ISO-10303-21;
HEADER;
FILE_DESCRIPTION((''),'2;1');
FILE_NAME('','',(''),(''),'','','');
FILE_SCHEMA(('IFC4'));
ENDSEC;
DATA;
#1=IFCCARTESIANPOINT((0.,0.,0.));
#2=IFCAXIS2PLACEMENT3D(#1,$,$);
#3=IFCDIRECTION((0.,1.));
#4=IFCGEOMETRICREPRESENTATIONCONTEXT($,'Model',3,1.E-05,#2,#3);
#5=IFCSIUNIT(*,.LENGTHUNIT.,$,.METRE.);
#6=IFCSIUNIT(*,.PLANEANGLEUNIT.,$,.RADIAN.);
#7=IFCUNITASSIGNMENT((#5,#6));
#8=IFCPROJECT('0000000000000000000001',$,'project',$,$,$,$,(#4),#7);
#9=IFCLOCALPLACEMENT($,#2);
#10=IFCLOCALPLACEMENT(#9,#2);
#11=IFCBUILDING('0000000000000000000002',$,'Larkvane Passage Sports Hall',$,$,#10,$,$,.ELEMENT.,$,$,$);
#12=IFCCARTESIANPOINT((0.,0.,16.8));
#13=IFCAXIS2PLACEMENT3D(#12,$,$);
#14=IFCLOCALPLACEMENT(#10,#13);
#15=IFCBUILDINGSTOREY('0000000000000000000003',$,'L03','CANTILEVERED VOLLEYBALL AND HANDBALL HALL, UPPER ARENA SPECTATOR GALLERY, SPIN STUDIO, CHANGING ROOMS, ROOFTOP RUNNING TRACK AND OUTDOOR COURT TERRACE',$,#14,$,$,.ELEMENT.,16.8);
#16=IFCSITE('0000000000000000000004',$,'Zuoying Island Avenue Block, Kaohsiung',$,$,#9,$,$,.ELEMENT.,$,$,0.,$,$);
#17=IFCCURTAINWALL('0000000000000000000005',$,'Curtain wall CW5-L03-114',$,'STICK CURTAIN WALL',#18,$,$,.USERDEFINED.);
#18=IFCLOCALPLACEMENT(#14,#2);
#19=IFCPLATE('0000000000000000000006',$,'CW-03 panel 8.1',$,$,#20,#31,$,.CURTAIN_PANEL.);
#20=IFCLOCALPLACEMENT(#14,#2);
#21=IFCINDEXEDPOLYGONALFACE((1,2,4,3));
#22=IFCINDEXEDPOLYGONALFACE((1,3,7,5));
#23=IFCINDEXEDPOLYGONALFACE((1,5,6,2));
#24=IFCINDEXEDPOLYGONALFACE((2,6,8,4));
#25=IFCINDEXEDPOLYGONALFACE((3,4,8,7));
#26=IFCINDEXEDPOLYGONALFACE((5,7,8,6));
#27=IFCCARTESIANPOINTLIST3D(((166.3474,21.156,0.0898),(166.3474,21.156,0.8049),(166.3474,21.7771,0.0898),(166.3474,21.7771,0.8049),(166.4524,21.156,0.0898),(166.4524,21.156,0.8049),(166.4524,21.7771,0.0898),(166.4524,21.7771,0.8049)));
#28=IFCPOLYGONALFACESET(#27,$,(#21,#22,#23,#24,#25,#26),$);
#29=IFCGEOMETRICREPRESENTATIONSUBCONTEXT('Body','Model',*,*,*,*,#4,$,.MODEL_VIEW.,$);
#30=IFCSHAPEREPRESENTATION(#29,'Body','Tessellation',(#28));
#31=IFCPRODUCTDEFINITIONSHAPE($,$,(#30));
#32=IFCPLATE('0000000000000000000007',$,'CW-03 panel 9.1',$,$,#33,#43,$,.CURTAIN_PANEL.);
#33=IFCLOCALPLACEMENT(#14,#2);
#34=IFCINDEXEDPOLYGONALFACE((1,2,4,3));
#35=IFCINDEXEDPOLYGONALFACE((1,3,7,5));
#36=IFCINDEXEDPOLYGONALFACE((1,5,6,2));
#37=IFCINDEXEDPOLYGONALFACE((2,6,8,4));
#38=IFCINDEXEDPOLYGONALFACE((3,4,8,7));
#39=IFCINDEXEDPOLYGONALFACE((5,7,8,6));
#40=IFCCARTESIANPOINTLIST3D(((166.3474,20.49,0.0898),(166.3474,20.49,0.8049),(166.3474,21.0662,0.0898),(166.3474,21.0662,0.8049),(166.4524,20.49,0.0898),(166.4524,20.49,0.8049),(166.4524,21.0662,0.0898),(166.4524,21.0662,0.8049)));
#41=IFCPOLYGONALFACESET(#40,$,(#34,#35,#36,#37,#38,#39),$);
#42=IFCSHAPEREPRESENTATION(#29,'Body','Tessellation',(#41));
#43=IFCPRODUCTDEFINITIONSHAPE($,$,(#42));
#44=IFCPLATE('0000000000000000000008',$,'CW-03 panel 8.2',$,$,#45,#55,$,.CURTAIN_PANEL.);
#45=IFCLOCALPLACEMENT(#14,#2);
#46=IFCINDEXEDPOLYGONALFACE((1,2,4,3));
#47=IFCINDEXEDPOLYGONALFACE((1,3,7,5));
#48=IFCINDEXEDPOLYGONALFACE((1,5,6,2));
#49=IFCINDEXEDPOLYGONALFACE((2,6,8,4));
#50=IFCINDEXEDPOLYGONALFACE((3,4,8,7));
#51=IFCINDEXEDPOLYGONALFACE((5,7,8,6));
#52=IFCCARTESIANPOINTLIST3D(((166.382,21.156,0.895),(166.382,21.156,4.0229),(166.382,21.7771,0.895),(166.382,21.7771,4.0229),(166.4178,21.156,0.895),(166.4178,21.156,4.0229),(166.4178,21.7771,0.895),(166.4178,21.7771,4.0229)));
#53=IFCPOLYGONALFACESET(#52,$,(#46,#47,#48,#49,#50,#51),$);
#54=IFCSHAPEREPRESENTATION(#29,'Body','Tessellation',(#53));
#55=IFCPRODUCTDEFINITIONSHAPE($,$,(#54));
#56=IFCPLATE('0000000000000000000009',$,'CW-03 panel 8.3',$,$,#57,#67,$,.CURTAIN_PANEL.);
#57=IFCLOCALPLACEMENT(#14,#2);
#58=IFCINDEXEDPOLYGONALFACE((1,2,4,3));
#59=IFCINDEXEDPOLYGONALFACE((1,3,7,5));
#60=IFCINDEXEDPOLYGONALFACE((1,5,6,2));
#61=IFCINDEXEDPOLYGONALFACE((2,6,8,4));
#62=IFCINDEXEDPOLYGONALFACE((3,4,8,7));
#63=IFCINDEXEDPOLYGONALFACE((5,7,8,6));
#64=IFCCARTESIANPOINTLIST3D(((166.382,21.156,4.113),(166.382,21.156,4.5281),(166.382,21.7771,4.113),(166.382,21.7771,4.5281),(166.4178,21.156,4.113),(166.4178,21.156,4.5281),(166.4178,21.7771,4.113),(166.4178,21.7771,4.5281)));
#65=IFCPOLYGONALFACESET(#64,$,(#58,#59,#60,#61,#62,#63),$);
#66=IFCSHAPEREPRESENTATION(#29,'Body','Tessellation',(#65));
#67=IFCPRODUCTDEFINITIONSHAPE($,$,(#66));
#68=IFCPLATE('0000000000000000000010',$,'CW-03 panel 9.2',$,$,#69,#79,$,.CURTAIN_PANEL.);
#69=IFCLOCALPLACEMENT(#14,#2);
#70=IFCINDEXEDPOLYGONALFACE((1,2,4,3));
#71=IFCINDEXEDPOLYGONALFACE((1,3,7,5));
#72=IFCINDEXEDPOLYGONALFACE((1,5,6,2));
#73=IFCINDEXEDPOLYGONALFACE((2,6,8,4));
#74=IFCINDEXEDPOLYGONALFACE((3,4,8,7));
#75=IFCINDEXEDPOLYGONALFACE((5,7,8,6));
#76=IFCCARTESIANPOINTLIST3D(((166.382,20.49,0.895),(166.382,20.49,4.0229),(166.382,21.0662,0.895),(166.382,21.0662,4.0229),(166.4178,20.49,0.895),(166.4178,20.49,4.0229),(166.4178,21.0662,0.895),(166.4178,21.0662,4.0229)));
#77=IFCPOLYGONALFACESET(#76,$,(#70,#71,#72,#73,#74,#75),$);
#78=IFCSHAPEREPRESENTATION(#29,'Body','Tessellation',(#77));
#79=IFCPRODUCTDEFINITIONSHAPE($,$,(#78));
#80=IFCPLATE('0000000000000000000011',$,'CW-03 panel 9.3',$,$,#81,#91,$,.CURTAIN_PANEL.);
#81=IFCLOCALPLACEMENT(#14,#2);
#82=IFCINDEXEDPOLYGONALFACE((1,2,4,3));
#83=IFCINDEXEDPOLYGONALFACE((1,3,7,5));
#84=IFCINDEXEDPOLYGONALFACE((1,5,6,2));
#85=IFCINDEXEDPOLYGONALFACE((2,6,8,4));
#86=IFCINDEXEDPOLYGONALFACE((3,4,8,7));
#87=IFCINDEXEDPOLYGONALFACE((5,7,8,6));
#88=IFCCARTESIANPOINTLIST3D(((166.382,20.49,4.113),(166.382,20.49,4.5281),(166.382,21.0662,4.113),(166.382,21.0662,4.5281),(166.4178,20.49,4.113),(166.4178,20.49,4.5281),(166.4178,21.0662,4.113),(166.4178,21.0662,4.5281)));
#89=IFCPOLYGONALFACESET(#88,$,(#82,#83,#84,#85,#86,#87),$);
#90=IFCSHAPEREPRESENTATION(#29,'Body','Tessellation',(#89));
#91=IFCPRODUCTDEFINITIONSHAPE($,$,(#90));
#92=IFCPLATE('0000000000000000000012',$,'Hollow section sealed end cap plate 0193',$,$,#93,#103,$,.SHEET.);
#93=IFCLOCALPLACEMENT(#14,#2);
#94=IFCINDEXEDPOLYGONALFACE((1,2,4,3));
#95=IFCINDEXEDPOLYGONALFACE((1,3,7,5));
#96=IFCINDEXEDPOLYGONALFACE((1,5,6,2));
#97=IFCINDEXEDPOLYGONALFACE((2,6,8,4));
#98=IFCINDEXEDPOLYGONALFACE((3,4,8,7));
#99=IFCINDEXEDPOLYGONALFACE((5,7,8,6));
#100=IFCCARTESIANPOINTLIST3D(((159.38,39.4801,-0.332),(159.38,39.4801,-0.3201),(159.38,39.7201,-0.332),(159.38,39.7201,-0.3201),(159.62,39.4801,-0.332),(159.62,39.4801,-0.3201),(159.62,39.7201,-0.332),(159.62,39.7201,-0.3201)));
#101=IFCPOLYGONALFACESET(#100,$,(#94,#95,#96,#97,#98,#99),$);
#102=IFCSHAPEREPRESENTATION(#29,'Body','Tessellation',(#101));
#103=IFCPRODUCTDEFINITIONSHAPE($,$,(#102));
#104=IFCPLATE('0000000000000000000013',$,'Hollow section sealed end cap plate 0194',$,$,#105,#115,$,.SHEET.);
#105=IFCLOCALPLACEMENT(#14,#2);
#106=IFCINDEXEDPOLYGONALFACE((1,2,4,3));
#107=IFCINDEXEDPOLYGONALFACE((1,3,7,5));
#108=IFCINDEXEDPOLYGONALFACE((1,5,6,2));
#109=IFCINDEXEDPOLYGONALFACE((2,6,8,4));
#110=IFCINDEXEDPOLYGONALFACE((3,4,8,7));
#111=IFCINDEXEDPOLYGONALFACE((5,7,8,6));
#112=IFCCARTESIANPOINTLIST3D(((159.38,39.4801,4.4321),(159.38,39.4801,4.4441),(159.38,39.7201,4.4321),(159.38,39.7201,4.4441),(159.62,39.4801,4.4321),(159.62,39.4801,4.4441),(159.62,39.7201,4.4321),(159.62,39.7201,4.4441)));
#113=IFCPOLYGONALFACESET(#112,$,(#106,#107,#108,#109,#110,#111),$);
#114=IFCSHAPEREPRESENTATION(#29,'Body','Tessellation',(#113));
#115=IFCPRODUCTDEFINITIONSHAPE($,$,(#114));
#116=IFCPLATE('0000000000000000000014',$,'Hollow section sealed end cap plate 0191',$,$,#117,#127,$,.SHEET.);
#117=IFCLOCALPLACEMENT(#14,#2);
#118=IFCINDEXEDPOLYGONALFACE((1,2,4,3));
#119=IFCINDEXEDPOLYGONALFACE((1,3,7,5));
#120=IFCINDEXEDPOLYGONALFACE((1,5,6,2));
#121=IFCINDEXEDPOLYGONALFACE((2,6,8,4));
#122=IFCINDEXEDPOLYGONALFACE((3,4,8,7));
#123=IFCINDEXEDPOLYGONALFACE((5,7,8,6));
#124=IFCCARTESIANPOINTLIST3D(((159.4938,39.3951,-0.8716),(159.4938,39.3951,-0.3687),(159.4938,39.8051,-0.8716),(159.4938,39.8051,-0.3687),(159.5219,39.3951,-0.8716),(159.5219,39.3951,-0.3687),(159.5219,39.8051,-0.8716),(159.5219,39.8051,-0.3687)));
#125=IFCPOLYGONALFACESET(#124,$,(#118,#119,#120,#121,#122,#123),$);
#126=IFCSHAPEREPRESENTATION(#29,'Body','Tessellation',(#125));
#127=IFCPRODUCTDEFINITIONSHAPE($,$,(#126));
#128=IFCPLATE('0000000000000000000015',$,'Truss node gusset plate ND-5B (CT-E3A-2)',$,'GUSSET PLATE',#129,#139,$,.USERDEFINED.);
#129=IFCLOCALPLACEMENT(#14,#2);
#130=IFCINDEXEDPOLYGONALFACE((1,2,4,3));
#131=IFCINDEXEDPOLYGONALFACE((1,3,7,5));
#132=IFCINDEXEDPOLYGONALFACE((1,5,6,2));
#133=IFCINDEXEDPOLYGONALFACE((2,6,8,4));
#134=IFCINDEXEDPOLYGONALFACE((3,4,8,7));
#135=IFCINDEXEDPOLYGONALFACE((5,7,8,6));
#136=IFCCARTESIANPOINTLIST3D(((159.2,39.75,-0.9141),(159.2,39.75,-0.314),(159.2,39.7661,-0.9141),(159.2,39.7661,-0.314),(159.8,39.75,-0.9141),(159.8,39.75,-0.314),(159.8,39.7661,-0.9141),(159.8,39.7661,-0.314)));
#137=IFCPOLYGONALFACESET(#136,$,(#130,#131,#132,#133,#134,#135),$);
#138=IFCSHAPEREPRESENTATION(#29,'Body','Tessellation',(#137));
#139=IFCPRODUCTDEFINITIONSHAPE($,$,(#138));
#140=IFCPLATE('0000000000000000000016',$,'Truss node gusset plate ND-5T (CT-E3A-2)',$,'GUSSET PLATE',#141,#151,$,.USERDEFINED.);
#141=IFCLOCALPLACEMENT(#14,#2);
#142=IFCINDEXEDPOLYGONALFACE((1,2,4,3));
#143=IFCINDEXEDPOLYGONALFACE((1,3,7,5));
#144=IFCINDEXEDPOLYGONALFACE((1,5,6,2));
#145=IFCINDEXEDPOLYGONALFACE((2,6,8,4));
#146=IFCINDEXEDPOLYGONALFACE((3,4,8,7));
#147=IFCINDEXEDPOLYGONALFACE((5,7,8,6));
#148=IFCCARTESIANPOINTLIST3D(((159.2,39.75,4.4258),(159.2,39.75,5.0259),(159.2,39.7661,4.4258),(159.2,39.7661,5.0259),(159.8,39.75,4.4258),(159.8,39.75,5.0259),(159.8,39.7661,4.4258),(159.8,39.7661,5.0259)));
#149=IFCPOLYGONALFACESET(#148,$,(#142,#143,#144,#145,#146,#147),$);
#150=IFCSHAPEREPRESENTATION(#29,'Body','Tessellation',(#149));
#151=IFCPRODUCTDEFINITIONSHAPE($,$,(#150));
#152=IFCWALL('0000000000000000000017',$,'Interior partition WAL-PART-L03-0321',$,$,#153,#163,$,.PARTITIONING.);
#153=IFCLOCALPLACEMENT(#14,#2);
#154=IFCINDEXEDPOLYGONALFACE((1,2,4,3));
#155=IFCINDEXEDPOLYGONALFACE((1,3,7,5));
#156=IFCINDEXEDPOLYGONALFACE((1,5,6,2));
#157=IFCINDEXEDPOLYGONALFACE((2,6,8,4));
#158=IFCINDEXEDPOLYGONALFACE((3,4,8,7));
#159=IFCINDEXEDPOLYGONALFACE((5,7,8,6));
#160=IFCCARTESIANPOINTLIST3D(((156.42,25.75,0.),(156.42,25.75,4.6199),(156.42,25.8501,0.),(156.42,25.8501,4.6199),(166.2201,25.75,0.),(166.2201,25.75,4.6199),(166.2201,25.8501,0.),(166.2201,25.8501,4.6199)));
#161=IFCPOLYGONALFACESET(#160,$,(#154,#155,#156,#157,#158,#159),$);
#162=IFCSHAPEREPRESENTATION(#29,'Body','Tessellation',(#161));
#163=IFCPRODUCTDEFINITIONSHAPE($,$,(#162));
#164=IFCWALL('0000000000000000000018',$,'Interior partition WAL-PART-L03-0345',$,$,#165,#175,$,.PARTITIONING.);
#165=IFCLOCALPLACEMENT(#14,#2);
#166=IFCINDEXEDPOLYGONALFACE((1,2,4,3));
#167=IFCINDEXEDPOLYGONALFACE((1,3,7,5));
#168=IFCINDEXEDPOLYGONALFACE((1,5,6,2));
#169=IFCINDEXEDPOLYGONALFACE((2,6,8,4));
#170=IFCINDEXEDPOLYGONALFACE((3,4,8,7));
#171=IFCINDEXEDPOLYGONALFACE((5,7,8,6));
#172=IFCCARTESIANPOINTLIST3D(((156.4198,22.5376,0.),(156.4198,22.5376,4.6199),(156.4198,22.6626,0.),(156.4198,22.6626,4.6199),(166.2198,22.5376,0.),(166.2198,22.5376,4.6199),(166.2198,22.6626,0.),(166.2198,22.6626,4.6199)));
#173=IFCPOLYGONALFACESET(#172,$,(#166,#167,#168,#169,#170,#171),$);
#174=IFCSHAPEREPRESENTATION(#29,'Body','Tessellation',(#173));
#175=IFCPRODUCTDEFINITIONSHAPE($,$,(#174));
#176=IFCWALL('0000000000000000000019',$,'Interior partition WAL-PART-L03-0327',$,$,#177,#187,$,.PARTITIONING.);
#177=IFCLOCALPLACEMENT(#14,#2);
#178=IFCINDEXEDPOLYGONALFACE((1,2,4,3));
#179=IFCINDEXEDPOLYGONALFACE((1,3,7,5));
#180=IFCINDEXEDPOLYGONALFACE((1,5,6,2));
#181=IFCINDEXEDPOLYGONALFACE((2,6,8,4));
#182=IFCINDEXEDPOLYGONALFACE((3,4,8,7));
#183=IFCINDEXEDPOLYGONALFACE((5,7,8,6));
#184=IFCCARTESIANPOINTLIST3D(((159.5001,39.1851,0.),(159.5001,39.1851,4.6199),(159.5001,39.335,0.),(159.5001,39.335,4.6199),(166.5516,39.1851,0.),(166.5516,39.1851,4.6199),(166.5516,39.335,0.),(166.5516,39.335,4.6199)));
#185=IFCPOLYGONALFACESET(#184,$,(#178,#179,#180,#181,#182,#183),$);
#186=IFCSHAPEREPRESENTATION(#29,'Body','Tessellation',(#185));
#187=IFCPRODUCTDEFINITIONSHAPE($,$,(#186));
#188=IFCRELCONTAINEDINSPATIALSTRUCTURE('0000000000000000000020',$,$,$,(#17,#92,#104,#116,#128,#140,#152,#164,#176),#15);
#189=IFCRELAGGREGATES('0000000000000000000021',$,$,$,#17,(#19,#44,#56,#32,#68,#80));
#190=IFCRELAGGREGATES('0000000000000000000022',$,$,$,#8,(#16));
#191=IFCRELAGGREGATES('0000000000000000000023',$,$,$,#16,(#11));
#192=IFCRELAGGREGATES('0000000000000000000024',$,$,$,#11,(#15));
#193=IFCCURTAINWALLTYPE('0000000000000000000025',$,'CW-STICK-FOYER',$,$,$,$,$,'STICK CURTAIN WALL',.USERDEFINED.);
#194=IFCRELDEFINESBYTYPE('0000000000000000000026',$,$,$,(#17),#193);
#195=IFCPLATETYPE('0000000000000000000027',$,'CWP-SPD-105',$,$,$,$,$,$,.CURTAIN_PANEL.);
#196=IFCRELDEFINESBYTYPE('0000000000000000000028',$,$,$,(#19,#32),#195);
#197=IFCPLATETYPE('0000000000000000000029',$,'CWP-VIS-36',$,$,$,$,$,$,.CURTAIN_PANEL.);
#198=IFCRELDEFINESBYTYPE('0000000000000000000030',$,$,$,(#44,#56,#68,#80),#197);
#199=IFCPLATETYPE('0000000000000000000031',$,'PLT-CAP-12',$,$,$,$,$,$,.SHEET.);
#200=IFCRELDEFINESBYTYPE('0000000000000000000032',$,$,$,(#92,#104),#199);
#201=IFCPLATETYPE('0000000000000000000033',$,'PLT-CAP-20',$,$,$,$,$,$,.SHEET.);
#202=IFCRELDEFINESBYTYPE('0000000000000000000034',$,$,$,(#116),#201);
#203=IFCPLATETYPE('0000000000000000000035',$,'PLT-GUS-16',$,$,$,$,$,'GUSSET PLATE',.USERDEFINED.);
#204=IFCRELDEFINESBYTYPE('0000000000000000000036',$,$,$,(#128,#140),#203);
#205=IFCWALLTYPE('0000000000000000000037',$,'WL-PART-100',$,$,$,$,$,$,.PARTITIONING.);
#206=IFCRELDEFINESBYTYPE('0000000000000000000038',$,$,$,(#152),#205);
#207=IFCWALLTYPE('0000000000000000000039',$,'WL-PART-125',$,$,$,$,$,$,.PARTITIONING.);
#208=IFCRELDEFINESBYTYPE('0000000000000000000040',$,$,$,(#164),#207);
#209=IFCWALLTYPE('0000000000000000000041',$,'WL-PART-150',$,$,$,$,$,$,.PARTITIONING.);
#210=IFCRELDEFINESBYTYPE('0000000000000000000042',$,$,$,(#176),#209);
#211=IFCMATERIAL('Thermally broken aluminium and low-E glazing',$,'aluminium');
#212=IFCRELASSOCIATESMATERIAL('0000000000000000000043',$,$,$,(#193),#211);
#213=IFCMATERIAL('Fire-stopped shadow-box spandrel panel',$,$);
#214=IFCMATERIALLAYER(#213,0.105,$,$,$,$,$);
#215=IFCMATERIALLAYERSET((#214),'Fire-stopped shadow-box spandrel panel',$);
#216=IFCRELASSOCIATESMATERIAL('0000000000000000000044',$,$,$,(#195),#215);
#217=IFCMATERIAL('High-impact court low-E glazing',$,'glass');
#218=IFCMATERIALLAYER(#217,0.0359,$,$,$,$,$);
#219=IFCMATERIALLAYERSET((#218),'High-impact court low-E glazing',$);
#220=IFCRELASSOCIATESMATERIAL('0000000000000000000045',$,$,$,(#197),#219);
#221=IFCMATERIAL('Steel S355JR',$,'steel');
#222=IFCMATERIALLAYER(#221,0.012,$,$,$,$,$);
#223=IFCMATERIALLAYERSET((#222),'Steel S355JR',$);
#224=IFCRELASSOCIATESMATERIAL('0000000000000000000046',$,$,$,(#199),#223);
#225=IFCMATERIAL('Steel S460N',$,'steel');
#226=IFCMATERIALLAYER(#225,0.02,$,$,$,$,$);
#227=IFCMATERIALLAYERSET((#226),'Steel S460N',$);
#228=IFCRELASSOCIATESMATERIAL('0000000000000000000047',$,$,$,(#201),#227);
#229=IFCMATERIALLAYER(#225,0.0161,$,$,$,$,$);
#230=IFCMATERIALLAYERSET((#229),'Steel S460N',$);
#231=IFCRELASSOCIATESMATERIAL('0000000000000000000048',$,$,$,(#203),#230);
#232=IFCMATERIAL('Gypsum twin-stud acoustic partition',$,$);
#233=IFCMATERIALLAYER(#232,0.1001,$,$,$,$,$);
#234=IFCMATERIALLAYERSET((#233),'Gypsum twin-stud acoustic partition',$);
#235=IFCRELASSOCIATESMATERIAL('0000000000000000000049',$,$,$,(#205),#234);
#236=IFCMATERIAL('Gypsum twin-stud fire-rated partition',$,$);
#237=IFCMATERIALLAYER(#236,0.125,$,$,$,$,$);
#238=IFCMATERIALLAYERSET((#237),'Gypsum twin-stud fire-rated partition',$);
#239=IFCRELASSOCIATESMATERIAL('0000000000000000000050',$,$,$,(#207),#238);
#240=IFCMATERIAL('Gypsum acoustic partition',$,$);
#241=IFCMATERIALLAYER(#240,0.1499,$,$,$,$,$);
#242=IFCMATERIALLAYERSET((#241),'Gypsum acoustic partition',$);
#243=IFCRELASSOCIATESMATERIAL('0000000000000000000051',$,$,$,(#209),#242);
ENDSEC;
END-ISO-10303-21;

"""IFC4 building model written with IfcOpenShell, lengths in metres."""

from ifc_helpers import new_model, si_unit, direction, frame, frame_2d, origin, origin_2d, place, context, subcontext, project, spatial, rectangle, extrude, material, layer, layer_set, type_object, element, aggregate, save


model = new_model("IFC4")

# Units and contexts
model_context = context("Model", 3, precision=1e-05, world=origin(), true_north=direction((0.0, 1.0)))
body_context = subcontext(model_context, "Body", "Model", "MODEL_VIEW")
ifc_project = project(units=[si_unit("LENGTHUNIT", "METRE"), si_unit("PLANEANGLEUNIT", "RADIAN")], contexts=[model_context])

# Site, building, storey
site_placement = place(None, origin())
site = spatial("IfcSite", under=ifc_project, at=site_placement, Name="Zuoying Island Avenue Block, Kaohsiung", CompositionType="ELEMENT", RefElevation=0.0)
building_placement = place(site_placement, origin())
building = spatial("IfcBuilding", under=site, at=building_placement, Name="Larkvane Passage Sports Hall", CompositionType="ELEMENT")
storey_placement = place(building_placement, frame((0.0, 0.0, 16.8)))
storey = spatial("IfcBuildingStorey", under=building, at=storey_placement, Name="L03", Description="CANTILEVERED VOLLEYBALL AND HANDBALL HALL, UPPER ARENA SPECTATOR GALLERY, SPIN STUDIO, CHANGING ROOMS, ROOFTOP RUNNING TRACK AND OUTDOOR COURT TERRACE", CompositionType="ELEMENT", Elevation=16.8)

# Shared definitions
ifc_material_1 = material(Name="Steel S460N", Category="steel")

# Shared definitions
ifc_material_2 = material(Name="Thermally broken aluminium and low-E glazing", Category="aluminium")

# Curtain wall
curtain_wall_type_1 = type_object("IfcCurtainWallType", Name="CW-STICK-FOYER", ElementType="STICK CURTAIN WALL", PredefinedType="USERDEFINED", material=ifc_material_2)
curtain_wall_1_placement = place(storey_placement, origin())
curtain_wall_1 = element("IfcCurtainWall", 1, at=curtain_wall_1_placement, inside=storey, type_object=curtain_wall_type_1, Name="Curtain wall CW5-L03-114", ObjectType="STICK CURTAIN WALL", PredefinedType="USERDEFINED")

# Shared definitions
ifc_material_3 = material(Name="Steel S355JR", Category="steel")

# Plates
ifc_material_4 = material(Name="Fire-stopped shadow-box spandrel panel")
ifc_layer_1 = layer(ifc_material_4, 0.105)
ifc_layer_set_1 = layer_set([ifc_layer_1], Name="Fire-stopped shadow-box spandrel panel")
plate_type_1 = type_object("IfcPlateType", Name="CWP-SPD-105", PredefinedType="CURTAIN_PANEL", material=ifc_layer_set_1)
plate_1_placement = place(storey_placement, frame((166.3999, 21.4666, 0.0898), z_axis=(0.0, 0.0, 1.0), x_axis=(0.0, -1.0, 0.0)))
plate_1 = element("IfcPlate", 2, at=plate_1_placement, type_object=plate_type_1, Name="CW-03 panel 8.1", PredefinedType="CURTAIN_PANEL", context=body_context, shape_type="SweptSolid", body=[
    extrude(rectangle(XDim=0.6211, YDim=0.105, at=origin_2d()), origin(), (0.0, 0.0, 1.0), 0.7151),
])
plate_2_placement = place(storey_placement, frame((166.3999, 20.7781, 0.0898), z_axis=(0.0, 0.0, 1.0), x_axis=(0.0, -1.0, 0.0)))
plate_2 = element("IfcPlate", 3, at=plate_2_placement, type_object=plate_type_1, Name="CW-03 panel 9.1", PredefinedType="CURTAIN_PANEL", context=body_context, shape_type="SweptSolid", body=[
    extrude(rectangle(XDim=0.5762, YDim=0.105, at=origin_2d()), origin(), (0.0, 0.0, 1.0), 0.7151),
])
ifc_material_5 = material(Name="High-impact court low-E glazing", Category="glass")
ifc_layer_2 = layer(ifc_material_5, 0.0359)
ifc_layer_set_2 = layer_set([ifc_layer_2], Name="High-impact court low-E glazing")
plate_type_2 = type_object("IfcPlateType", Name="CWP-VIS-36", PredefinedType="CURTAIN_PANEL", material=ifc_layer_set_2)
plate_3_placement = place(storey_placement, frame((166.3999, 21.4666, 0.895), z_axis=(0.0, 0.0, 1.0), x_axis=(0.0, -1.0, 0.0)))
plate_3 = element("IfcPlate", 4, at=plate_3_placement, type_object=plate_type_2, Name="CW-03 panel 8.2", PredefinedType="CURTAIN_PANEL", context=body_context, shape_type="SweptSolid", body=[
    extrude(rectangle(XDim=0.6211, YDim=0.0359, at=origin_2d()), origin(), (0.0, 0.0, 1.0), 3.1279),
])
plate_4_placement = place(storey_placement, frame((166.3999, 21.4666, 4.113), z_axis=(0.0, 0.0, 1.0), x_axis=(0.0, -1.0, 0.0)))
plate_4 = element("IfcPlate", 5, at=plate_4_placement, type_object=plate_type_2, Name="CW-03 panel 8.3", PredefinedType="CURTAIN_PANEL", context=body_context, shape_type="SweptSolid", body=[
    extrude(rectangle(XDim=0.6211, YDim=0.0359, at=origin_2d()), origin(), (0.0, 0.0, 1.0), 0.415),
])
plate_5_placement = place(storey_placement, frame((166.3999, 20.7781, 0.895), z_axis=(0.0, 0.0, 1.0), x_axis=(0.0, -1.0, 0.0)))
plate_5 = element("IfcPlate", 6, at=plate_5_placement, type_object=plate_type_2, Name="CW-03 panel 9.2", PredefinedType="CURTAIN_PANEL", context=body_context, shape_type="SweptSolid", body=[
    extrude(rectangle(XDim=0.5762, YDim=0.0359, at=origin_2d()), origin(), (0.0, 0.0, 1.0), 3.1279),
])
plate_6_placement = place(storey_placement, frame((166.3999, 20.7781, 4.113), z_axis=(0.0, 0.0, 1.0), x_axis=(0.0, -1.0, 0.0)))
plate_6 = element("IfcPlate", 7, at=plate_6_placement, type_object=plate_type_2, Name="CW-03 panel 9.3", PredefinedType="CURTAIN_PANEL", context=body_context, shape_type="SweptSolid", body=[
    extrude(rectangle(XDim=0.5762, YDim=0.0359, at=origin_2d()), origin(), (0.0, 0.0, 1.0), 0.415),
])
aggregate(curtain_wall_1, [plate_1, plate_3, plate_4, plate_2, plate_5, plate_6])

# Plates
ifc_layer_3 = layer(ifc_material_3, 0.012)
ifc_layer_set_3 = layer_set([ifc_layer_3], Name="Steel S355JR")
plate_type_3 = type_object("IfcPlateType", Name="PLT-CAP-12", PredefinedType="SHEET", material=ifc_layer_set_3)
for number, where, z_axis, x_axis, name in (
    (8, (159.5, 39.6001, -0.332), (0.0, 0.0, 1.0), (1.0, 0.0, 0.0), "Hollow section sealed end cap plate 0193"),
    (9, (159.5, 39.6001, 4.4321), (0.0, 0.0, 1.0), (1.0, 0.0, 0.0), "Hollow section sealed end cap plate 0194"),
):
    element("IfcPlate", number, at=place(storey_placement, frame(where, z_axis=z_axis, x_axis=x_axis)), inside=storey, type_object=plate_type_3, Name=name, PredefinedType="SHEET", context=body_context, shape_type="SweptSolid", body=[
        extrude(rectangle(XDim=0.24, YDim=0.24, at=origin_2d()), origin(), (0.0, 0.0, 1.0), 0.012),
    ])
ifc_layer_4 = layer(ifc_material_1, 0.02)
ifc_layer_set_4 = layer_set([ifc_layer_4], Name="Steel S460N")
plate_type_4 = type_object("IfcPlateType", Name="PLT-CAP-20", PredefinedType="SHEET", material=ifc_layer_set_4)
plate_7_placement = place(storey_placement, frame((159.5078, 39.6001, -0.8716), z_axis=(0.0, 0.0, 1.0), x_axis=(0.0, 1.0, 0.0)))
element("IfcPlate", 10, at=plate_7_placement, inside=storey, type_object=plate_type_4, Name="Hollow section sealed end cap plate 0191", PredefinedType="SHEET", context=body_context, shape_type="SweptSolid", body=[
    extrude(rectangle(XDim=0.4099, YDim=0.0281, at=origin_2d()), origin(), (0.0, 0.0, 1.0), 0.5029),
])
ifc_layer_5 = layer(ifc_material_1, 0.0161)
ifc_layer_set_5 = layer_set([ifc_layer_5], Name="Steel S460N")
plate_type_5 = type_object("IfcPlateType", Name="PLT-GUS-16", ElementType="GUSSET PLATE", PredefinedType="USERDEFINED", material=ifc_layer_set_5)
for number, where, z_axis, x_axis, name in (
    (11, (159.5, 39.7581, -0.9141), (0.0, 0.0, 1.0), (1.0, 0.0, 0.0), "Truss node gusset plate ND-5B (CT-E3A-2)"),
    (12, (159.5, 39.7581, 4.4258), (0.0, 0.0, 1.0), (1.0, 0.0, 0.0), "Truss node gusset plate ND-5T (CT-E3A-2)"),
):
    element("IfcPlate", number, at=place(storey_placement, frame(where, z_axis=z_axis, x_axis=x_axis)), inside=storey, type_object=plate_type_5, Name=name, ObjectType="GUSSET PLATE", PredefinedType="USERDEFINED", context=body_context, shape_type="SweptSolid", body=[
        extrude(rectangle(XDim=0.6001, YDim=0.0161, at=origin_2d()), origin(), (0.0, 0.0, 1.0), 0.6001),
    ])

# Walls
ifc_material_6 = material(Name="Gypsum twin-stud acoustic partition")
ifc_layer_6 = layer(ifc_material_6, 0.1001)
ifc_layer_set_6 = layer_set([ifc_layer_6], Name="Gypsum twin-stud acoustic partition")
wall_type_1 = type_object("IfcWallType", Name="WL-PART-100", PredefinedType="PARTITIONING", material=ifc_layer_set_6)
wall_1_placement = place(storey_placement, frame((166.22, 25.8, 0.0), z_axis=(0.0, 0.0, 1.0), x_axis=(-1.0, 0.0, 0.0)))
element("IfcWall", 13, at=wall_1_placement, inside=storey, type_object=wall_type_1, Name="Interior partition WAL-PART-L03-0321", PredefinedType="PARTITIONING", context=body_context, shape_type="SweptSolid", body=[
    extrude(rectangle(XDim=9.8, YDim=0.1001, at=frame_2d((4.8999, 0.0))), origin(), (0.0, 0.0, 1.0), 4.6199),
])
ifc_material_7 = material(Name="Gypsum twin-stud fire-rated partition")
ifc_layer_7 = layer(ifc_material_7, 0.125)
ifc_layer_set_7 = layer_set([ifc_layer_7], Name="Gypsum twin-stud fire-rated partition")
wall_type_2 = type_object("IfcWallType", Name="WL-PART-125", PredefinedType="PARTITIONING", material=ifc_layer_set_7)
wall_2_placement = place(storey_placement, frame((156.4199, 22.6001, 0.0), z_axis=(0.0, 0.0, 1.0), x_axis=(1.0, 0.0, 0.0)))
element("IfcWall", 14, at=wall_2_placement, inside=storey, type_object=wall_type_2, Name="Interior partition WAL-PART-L03-0345", PredefinedType="PARTITIONING", context=body_context, shape_type="SweptSolid", body=[
    extrude(rectangle(XDim=9.8, YDim=0.125, at=frame_2d((4.8999, 0.0))), origin(), (0.0, 0.0, 1.0), 4.6199),
])
ifc_material_8 = material(Name="Gypsum acoustic partition")
ifc_layer_8 = layer(ifc_material_8, 0.1499)
ifc_layer_set_8 = layer_set([ifc_layer_8], Name="Gypsum acoustic partition")
wall_type_3 = type_object("IfcWallType", Name="WL-PART-150", PredefinedType="PARTITIONING", material=ifc_layer_set_8)
wall_3_placement = place(storey_placement, frame((159.5, 39.26, 0.0), z_axis=(0.0, 0.0, 1.0), x_axis=(1.0, 0.0, 0.0)))
element("IfcWall", 15, at=wall_3_placement, inside=storey, type_object=wall_type_3, Name="Interior partition WAL-PART-L03-0327", PredefinedType="PARTITIONING", context=body_context, shape_type="SweptSolid", body=[
    extrude(rectangle(XDim=7.0515, YDim=0.1499, at=frame_2d((3.5259, 0.0))), origin(), (0.0, 0.0, 1.0), 4.6199),
])

save(model, "model.ifc")
